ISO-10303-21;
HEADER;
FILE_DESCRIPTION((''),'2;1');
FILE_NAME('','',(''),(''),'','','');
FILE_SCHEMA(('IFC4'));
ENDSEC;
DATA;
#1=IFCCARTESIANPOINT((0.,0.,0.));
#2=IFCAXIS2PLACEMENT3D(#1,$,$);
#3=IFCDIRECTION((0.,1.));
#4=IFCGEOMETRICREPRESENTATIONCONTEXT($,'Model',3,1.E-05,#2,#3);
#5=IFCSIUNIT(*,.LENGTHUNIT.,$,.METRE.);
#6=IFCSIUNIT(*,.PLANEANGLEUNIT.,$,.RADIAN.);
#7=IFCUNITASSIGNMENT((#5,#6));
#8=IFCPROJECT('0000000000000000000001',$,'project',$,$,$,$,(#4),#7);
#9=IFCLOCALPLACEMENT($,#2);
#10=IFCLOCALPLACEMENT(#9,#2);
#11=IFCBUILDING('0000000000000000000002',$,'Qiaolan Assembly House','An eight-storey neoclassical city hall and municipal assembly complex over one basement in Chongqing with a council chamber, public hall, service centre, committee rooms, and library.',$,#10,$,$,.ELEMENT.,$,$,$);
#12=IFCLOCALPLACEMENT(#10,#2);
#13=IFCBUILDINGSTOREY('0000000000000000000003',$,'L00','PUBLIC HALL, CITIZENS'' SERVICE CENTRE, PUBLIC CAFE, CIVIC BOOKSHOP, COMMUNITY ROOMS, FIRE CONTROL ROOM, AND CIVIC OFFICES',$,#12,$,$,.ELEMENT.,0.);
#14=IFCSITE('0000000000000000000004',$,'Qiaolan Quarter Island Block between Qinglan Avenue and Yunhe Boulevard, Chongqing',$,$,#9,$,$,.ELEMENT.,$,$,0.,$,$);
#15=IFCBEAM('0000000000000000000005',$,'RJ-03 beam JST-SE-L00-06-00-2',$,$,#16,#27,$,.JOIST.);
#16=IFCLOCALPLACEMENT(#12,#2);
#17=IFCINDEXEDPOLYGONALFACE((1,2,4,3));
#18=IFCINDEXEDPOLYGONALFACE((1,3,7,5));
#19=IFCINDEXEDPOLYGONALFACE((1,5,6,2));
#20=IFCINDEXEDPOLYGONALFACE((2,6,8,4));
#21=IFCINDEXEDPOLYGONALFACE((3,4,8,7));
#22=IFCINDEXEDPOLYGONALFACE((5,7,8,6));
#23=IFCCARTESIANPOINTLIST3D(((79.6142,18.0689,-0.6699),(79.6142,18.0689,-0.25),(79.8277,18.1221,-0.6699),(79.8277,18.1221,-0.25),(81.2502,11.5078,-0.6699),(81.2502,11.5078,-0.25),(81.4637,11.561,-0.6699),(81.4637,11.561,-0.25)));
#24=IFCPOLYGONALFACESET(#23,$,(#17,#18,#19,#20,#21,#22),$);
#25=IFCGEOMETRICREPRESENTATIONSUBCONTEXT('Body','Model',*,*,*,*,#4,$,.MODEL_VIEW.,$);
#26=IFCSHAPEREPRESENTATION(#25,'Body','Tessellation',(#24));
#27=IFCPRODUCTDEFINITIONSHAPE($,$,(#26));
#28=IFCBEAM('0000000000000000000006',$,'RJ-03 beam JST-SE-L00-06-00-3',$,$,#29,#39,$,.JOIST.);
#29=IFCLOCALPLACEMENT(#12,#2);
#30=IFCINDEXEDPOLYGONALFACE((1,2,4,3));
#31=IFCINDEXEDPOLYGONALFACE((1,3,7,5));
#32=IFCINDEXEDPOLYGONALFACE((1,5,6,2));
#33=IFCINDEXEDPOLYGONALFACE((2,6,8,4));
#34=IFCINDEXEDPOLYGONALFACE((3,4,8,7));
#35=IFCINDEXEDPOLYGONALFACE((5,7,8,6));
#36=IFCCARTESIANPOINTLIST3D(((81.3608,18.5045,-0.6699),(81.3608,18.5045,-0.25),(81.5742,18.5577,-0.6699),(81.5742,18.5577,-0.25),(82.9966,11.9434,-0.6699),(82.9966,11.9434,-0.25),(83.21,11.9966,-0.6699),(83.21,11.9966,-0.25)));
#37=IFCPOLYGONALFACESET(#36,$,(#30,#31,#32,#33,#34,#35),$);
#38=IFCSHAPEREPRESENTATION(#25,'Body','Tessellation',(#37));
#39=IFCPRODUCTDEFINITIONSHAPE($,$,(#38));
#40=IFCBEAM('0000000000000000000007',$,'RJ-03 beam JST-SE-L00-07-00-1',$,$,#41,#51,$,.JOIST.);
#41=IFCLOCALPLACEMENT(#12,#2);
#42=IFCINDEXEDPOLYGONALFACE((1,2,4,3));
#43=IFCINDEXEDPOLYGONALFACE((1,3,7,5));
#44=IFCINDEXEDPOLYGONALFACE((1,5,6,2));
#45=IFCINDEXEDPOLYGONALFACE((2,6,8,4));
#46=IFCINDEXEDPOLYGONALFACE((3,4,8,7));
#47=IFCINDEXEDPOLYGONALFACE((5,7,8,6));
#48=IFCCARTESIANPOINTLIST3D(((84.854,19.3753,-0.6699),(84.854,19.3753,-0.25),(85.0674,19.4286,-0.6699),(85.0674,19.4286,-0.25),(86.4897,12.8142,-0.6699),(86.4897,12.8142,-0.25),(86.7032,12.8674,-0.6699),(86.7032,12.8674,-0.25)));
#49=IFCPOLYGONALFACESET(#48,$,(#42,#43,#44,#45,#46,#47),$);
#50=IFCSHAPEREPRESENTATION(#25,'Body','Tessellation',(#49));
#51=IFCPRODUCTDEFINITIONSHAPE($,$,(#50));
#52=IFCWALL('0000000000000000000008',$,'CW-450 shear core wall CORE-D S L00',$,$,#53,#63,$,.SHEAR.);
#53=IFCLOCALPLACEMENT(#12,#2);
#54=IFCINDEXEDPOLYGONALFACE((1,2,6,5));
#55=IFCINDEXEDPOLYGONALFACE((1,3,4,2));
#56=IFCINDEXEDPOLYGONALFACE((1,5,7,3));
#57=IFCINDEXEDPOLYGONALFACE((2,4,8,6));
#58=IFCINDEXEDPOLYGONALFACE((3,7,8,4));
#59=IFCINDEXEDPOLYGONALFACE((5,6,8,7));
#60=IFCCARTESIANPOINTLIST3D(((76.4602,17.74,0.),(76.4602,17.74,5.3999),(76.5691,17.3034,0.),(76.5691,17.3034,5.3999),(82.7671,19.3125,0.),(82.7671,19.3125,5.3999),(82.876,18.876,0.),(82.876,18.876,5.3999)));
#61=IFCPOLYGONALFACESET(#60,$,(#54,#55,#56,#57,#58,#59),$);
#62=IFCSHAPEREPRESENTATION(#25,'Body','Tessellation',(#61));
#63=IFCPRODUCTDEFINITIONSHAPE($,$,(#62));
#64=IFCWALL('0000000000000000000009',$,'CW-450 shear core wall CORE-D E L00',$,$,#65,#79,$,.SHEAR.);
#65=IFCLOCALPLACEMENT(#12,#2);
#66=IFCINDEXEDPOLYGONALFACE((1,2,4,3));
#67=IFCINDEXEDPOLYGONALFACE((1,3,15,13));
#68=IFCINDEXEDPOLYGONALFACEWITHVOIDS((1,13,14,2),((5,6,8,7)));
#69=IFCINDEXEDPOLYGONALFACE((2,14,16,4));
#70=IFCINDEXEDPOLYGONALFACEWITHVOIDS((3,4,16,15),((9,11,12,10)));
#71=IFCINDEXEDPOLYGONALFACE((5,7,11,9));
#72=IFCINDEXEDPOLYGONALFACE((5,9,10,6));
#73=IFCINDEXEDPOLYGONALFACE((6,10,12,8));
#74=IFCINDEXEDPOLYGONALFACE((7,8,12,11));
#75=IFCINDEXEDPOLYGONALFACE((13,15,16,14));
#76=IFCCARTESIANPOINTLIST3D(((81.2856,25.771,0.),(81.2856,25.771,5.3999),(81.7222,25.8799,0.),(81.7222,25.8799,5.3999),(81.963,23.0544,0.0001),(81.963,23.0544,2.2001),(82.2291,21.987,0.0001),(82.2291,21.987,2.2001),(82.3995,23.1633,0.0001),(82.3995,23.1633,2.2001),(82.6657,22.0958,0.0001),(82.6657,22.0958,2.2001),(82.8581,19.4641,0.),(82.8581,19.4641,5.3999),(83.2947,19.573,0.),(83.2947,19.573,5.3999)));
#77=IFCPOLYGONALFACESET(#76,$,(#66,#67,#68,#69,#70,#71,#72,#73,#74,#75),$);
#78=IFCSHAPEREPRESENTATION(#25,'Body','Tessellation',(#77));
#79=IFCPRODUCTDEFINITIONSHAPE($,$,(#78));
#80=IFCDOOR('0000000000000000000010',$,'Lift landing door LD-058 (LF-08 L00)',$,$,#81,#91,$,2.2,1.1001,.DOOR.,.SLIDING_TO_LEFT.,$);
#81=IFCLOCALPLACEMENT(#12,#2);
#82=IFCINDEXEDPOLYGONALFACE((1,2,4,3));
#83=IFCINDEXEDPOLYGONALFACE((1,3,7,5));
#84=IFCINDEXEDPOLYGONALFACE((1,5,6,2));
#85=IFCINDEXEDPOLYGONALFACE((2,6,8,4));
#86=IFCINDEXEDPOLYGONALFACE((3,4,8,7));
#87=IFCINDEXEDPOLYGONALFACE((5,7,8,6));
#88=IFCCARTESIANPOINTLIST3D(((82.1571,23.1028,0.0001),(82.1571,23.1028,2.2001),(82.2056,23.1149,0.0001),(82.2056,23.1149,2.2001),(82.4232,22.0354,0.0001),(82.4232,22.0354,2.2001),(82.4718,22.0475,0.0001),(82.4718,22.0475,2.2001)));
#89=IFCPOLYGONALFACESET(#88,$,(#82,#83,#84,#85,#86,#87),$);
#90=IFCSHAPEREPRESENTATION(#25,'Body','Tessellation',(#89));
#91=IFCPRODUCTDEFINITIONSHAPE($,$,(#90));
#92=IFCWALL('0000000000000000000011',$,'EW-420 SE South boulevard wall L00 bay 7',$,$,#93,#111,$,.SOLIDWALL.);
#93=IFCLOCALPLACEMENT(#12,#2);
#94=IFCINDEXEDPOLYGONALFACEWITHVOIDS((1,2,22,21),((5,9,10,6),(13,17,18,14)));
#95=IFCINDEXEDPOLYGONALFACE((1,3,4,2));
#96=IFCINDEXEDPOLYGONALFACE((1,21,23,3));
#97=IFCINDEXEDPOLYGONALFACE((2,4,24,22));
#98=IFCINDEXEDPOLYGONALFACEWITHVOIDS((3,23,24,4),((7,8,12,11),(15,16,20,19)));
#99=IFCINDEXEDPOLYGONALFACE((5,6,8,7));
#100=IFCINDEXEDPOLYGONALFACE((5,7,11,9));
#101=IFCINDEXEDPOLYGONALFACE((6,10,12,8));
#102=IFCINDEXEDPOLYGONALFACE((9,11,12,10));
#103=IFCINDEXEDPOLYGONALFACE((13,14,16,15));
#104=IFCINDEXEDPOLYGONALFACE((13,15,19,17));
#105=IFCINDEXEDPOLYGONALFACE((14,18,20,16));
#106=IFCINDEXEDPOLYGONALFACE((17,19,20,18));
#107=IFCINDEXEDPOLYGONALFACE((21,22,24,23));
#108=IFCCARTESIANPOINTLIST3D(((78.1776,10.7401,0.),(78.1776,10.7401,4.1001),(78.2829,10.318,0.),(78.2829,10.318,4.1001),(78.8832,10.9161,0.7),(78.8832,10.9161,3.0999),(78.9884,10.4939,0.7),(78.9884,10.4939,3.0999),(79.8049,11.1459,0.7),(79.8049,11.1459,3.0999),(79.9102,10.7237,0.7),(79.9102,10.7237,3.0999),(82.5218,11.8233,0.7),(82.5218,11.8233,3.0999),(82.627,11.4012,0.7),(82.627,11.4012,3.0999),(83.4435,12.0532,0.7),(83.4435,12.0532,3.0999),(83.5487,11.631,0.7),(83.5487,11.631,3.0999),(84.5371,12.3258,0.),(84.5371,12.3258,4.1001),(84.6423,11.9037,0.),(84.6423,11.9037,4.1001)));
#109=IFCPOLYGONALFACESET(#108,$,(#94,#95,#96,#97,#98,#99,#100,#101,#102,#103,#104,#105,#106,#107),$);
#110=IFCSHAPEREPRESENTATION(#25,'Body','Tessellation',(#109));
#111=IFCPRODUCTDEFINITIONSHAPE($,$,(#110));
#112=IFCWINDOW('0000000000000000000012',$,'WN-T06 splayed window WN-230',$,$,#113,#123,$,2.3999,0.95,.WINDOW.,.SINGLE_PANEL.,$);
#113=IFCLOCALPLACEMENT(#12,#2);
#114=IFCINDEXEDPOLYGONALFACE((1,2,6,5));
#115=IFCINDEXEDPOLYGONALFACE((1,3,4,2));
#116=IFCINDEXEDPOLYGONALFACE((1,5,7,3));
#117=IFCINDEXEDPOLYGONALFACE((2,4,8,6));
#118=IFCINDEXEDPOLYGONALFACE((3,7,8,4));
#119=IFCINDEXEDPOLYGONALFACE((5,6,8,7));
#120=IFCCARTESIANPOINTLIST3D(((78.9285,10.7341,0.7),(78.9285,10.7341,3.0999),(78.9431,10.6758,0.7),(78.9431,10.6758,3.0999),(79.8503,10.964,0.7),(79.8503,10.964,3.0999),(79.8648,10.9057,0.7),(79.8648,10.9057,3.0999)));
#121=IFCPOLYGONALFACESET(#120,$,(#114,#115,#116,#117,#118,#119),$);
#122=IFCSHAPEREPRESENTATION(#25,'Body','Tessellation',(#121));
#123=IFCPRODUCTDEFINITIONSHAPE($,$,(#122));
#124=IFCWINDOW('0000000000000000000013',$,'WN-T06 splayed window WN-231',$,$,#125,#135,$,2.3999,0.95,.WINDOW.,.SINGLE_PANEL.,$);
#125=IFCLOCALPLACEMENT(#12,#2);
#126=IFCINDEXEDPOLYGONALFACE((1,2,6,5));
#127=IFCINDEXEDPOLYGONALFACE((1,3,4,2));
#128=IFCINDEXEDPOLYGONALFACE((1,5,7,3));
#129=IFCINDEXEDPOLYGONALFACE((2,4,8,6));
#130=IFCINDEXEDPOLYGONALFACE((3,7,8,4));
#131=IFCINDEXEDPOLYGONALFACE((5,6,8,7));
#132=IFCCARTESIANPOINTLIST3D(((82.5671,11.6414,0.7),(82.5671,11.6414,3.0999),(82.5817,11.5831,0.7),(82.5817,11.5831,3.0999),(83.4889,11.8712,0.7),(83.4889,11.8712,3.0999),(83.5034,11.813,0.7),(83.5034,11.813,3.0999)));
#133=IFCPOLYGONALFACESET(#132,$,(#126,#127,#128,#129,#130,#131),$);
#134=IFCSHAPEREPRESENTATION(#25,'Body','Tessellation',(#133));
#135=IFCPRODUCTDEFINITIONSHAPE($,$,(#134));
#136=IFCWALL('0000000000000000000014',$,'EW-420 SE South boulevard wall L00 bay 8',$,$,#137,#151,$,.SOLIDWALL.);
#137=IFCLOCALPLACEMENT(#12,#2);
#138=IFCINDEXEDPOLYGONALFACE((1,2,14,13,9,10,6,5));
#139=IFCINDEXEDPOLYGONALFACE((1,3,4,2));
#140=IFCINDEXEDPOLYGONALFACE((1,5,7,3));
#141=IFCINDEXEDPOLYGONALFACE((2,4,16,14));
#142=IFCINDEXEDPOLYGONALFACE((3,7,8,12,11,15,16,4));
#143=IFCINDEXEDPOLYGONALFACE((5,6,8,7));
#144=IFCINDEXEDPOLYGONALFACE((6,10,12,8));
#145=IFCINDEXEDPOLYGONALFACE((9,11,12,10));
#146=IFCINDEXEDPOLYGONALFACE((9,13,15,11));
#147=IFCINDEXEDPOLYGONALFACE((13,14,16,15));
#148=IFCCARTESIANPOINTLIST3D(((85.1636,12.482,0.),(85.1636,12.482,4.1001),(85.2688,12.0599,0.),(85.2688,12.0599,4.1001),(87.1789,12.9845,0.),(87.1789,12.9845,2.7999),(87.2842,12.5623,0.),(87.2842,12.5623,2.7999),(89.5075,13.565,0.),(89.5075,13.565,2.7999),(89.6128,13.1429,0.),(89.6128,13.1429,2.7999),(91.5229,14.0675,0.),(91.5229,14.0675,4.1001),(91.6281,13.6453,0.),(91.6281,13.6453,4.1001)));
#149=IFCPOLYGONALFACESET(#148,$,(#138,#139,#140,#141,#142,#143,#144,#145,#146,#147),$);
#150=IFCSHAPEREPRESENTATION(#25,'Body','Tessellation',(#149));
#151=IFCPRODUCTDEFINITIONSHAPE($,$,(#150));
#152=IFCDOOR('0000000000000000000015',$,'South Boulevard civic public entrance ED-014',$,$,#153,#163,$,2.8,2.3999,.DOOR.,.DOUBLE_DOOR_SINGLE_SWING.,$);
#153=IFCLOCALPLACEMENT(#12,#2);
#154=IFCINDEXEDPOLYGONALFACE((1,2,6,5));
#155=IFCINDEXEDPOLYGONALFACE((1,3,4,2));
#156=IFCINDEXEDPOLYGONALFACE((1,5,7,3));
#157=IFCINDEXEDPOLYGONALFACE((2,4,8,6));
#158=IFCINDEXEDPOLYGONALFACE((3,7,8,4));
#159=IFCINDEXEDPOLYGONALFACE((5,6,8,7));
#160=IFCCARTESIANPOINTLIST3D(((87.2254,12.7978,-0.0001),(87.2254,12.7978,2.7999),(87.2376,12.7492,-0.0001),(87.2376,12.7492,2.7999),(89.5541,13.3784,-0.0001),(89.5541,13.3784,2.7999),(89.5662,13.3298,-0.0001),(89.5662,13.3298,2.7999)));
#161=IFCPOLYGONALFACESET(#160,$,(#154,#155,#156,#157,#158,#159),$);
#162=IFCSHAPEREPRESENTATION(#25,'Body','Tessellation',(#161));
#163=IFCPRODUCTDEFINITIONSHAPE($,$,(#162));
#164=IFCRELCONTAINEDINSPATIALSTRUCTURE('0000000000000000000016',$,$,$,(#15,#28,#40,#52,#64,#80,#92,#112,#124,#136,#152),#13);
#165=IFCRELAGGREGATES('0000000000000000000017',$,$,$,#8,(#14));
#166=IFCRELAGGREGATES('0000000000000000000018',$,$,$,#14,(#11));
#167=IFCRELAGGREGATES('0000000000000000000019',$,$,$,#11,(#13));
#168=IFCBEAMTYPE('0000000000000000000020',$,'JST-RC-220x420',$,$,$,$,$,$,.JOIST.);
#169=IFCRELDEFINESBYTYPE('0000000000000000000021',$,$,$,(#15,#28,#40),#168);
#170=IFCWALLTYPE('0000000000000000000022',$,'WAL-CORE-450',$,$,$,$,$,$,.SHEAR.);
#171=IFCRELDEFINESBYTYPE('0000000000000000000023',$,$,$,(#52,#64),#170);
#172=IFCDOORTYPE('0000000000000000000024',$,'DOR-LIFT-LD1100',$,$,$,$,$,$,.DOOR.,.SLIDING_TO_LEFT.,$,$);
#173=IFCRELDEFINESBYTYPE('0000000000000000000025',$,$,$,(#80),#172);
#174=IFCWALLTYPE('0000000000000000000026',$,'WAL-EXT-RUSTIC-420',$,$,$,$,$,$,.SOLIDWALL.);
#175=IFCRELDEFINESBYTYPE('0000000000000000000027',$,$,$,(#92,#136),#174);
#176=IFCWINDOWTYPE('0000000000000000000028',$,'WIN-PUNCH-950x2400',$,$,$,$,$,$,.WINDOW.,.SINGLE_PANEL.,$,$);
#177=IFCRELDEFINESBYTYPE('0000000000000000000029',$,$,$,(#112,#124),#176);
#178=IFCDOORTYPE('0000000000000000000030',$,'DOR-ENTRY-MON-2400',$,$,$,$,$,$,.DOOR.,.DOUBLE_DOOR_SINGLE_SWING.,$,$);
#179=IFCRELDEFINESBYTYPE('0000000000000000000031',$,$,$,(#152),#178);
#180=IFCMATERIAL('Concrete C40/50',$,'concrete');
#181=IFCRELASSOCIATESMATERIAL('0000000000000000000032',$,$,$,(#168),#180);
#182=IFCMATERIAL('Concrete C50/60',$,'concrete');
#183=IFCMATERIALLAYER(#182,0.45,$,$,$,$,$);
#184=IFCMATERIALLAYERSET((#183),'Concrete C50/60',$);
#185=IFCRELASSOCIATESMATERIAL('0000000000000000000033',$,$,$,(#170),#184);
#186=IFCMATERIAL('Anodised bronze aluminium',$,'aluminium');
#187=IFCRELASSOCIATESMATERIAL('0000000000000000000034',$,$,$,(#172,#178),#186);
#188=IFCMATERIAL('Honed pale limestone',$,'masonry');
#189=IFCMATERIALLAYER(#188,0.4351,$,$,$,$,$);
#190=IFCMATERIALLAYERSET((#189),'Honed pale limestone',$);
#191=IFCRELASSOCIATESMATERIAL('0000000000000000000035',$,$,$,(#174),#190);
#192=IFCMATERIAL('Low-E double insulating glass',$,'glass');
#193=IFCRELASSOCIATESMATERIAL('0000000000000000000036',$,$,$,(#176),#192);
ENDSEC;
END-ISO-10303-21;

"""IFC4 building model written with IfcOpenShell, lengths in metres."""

from ifc_helpers import new_model, si_unit, direction, frame, frame_2d, origin, origin_2d, place, context, subcontext, project, spatial, rectangle, extrude, material, layer, layer_set, material_profile, profile_set, type_object, element, fill, save


model = new_model("IFC4")

# Units and contexts
model_context = context("Model", 3, precision=1e-05, world=origin(), true_north=direction((0.0, 1.0)))
body_context = subcontext(model_context, "Body", "Model", "MODEL_VIEW")
ifc_project = project(units=[si_unit("LENGTHUNIT", "METRE"), si_unit("PLANEANGLEUNIT", "RADIAN")], contexts=[model_context])

# Site, building, storey
site_placement = place(None, origin())
site = spatial("IfcSite", under=ifc_project, at=site_placement, Name="Qiaolan Quarter Island Block between Qinglan Avenue and Yunhe Boulevard, Chongqing", CompositionType="ELEMENT", RefElevation=0.0)
building_placement = place(site_placement, origin())
building = spatial("IfcBuilding", under=site, at=building_placement, Name="Qiaolan Assembly House", Description="An eight-storey neoclassical city hall and municipal assembly complex over one basement in Chongqing with a council chamber, public hall, service centre, committee rooms, and library.", CompositionType="ELEMENT")
storey_placement = place(building_placement, origin())
storey = spatial("IfcBuildingStorey", under=building, at=storey_placement, Name="L00", Description="PUBLIC HALL, CITIZENS' SERVICE CENTRE, PUBLIC CAFE, CIVIC BOOKSHOP, COMMUNITY ROOMS, FIRE CONTROL ROOM, AND CIVIC OFFICES", CompositionType="ELEMENT", Elevation=0.0)

# Shared definitions
ifc_material_1 = material(Name="Concrete C50/60", Category="concrete")

# Beams
ifc_material_2 = material(Name="Concrete C40/50", Category="concrete")
ifc_material_profile_1 = material_profile(ifc_material_2, rectangle(XDim=0.22, YDim=0.4199, at=origin_2d()), Name="RCB 220x420")
ifc_profile_set_1 = profile_set([ifc_material_profile_1], Name="Concrete C40/50")
beam_type_1 = type_object("IfcBeamType", Name="JST-RC-220x420", PredefinedType="JOIST", material=ifc_profile_set_1)
for number, where, z_axis, x_axis, name in (
    (1, (81.3569, 11.5344, -0.46), (-0.241941, 0.970291, 0.0), (-0.970291, -0.241941, 0.0), "RJ-03 beam JST-SE-L00-06-00-2"),
    (2, (83.1033, 11.97, -0.46), (-0.241907, 0.970299, 0.0), (-0.970299, -0.241907, 0.0), "RJ-03 beam JST-SE-L00-06-00-3"),
    (3, (86.5964, 12.8408, -0.46), (-0.241907, 0.970299, 0.0), (-0.970299, -0.241907, 0.0), "RJ-03 beam JST-SE-L00-07-00-1"),
):
    element("IfcBeam", number, at=place(storey_placement, frame(where, z_axis=z_axis, x_axis=x_axis)), inside=storey, type_object=beam_type_1, Name=name, PredefinedType="JOIST", context=body_context, shape_type="SweptSolid", body=[
        extrude(rectangle(XDim=0.22, YDim=0.4199, at=origin_2d()), origin(), (0.0, 0.0, 1.0), 6.762),
    ])

# Wall
ifc_layer_1 = layer(ifc_material_1, 0.45)
ifc_layer_set_1 = layer_set([ifc_layer_1], Name="Concrete C50/60")
wall_type_1 = type_object("IfcWallType", Name="WAL-CORE-450", PredefinedType="SHEAR", material=ifc_layer_set_1)
wall_1_placement = place(storey_placement, frame((76.5146, 17.5217, 0.0), z_axis=(0.0, 0.0, 1.0), x_axis=(0.970295, 0.241926, 0.0)))
element("IfcWall", 4, at=wall_1_placement, inside=storey, type_object=wall_type_1, Name="CW-450 shear core wall CORE-D S L00", PredefinedType="SHEAR", context=body_context, shape_type="SweptSolid", body=[
    extrude(rectangle(XDim=6.5, YDim=0.45, at=frame_2d((3.25, 0.0))), origin(), (0.0, 0.0, 1.0), 5.3999),
])

# Wall, opening, door
wall_2_placement = place(storey_placement, frame((83.0764, 19.5186, 0.0), z_axis=(0.0, 0.0, 1.0), x_axis=(-0.241926, 0.970295, 0.0)))
wall_2 = element("IfcWall", 5, at=wall_2_placement, inside=storey, type_object=wall_type_1, Name="CW-450 shear core wall CORE-D E L00", PredefinedType="SHEAR", context=body_context, shape_type="SweptSolid", body=[
    extrude(rectangle(XDim=6.5, YDim=0.45, at=frame_2d((3.25, 0.0))), origin(), (0.0, 0.0, 1.0), 5.3999),
])
opening_1_placement = place(wall_2_placement, frame((2.6001, 0.0, 0.0)))
opening_1 = element("IfcOpeningElement", 6, at=opening_1_placement, cuts=wall_2, PredefinedType="OPENING", context=body_context, shape_type="SweptSolid", body=[
    extrude(rectangle(XDim=1.1001, YDim=2.2, at=frame_2d((0.55, 1.1001))), frame((0.0, 0.2349, 0.0), z_axis=(0.0, -1.0, 0.0), x_axis=(1.0, 0.0, 0.0)), (0.0, 0.0, 1.0), 0.47),
])
ifc_material_3 = material(Name="Anodised bronze aluminium", Category="aluminium")
door_type_1 = type_object("IfcDoorType", Name="DOR-LIFT-LD1100", OperationType="SLIDING_TO_LEFT", PredefinedType="DOOR", material=ifc_material_3)
door_1_placement = place(opening_1_placement, origin())
door_1 = element("IfcDoor", 7, at=door_1_placement, inside=storey, type_object=door_type_1, Name="Lift landing door LD-058 (LF-08 L00)", OperationType="SLIDING_TO_LEFT", OverallHeight=2.2, OverallWidth=1.1001, PredefinedType="DOOR", context=body_context, shape_type="SweptSolid", body=[
    extrude(rectangle(XDim=1.1001, YDim=2.2, at=frame_2d((0.55, 1.1001))), frame((0.0, 0.0249, 0.0), z_axis=(0.0, -1.0, 0.0), x_axis=(1.0, 0.0, 0.0)), (0.0, 0.0, 1.0), 0.05),
])
fill(opening_1, door_1)

# Wall, openings, windows
ifc_material_4 = material(Name="Honed pale limestone", Category="masonry")
ifc_layer_2 = layer(ifc_material_4, 0.4351)
ifc_layer_set_2 = layer_set([ifc_layer_2], Name="Honed pale limestone")
wall_type_2 = type_object("IfcWallType", Name="WAL-EXT-RUSTIC-420", PredefinedType="SOLIDWALL", material=ifc_layer_set_2)
wall_3_placement = place(storey_placement, frame((78.2302, 10.5291, 0.0), z_axis=(0.0, 0.0, 1.0), x_axis=(0.970291, 0.24194, 0.0)))
wall_3 = element("IfcWall", 8, at=wall_3_placement, inside=storey, type_object=wall_type_2, Name="EW-420 SE South boulevard wall L00 bay 7", PredefinedType="SOLIDWALL", context=body_context, shape_type="SweptSolid", body=[
    extrude(rectangle(XDim=6.5542, YDim=0.4351, at=frame_2d((3.2771, 0.0))), origin(), (0.0, 0.0, 1.0), 4.1001),
])
opening_2_placement = place(wall_3_placement, frame((0.7271, 0.0, 0.7)))
opening_2 = element("IfcOpeningElement", 9, at=opening_2_placement, cuts=wall_3, PredefinedType="OPENING", context=body_context, shape_type="SweptSolid", body=[
    extrude(rectangle(XDim=0.95, YDim=2.3999, at=frame_2d((0.4751, 1.2))), frame((0.0, 0.2275, 0.0), z_axis=(0.0, -1.0, 0.0), x_axis=(1.0, 0.0, 0.0)), (0.0, 0.0, 1.0), 0.4551),
])
opening_3_placement = place(wall_3_placement, frame((4.4771, 0.0, 0.7)))
opening_3 = element("IfcOpeningElement", 10, at=opening_3_placement, cuts=wall_3, PredefinedType="OPENING", context=body_context, shape_type="SweptSolid", body=[
    extrude(rectangle(XDim=0.95, YDim=2.3999, at=frame_2d((0.4751, 1.2))), frame((0.0, 0.2275, 0.0), z_axis=(0.0, -1.0, 0.0), x_axis=(1.0, 0.0, 0.0)), (0.0, 0.0, 1.0), 0.4551),
])
ifc_material_5 = material(Name="Low-E double insulating glass", Category="glass")
window_type = type_object("IfcWindowType", Name="WIN-PUNCH-950x2400", PartitioningType="SINGLE_PANEL", PredefinedType="WINDOW", material=ifc_material_5)
window_1_placement = place(opening_2_placement, origin())
window_1 = element("IfcWindow", 11, at=window_1_placement, inside=storey, type_object=window_type, Name="WN-T06 splayed window WN-230", OverallHeight=2.3999, OverallWidth=0.95, PartitioningType="SINGLE_PANEL", PredefinedType="WINDOW", context=body_context, shape_type="SweptSolid", body=[
    extrude(rectangle(XDim=0.95, YDim=2.3999, at=frame_2d((0.4751, 1.2))), frame((0.0, 0.03, 0.0), z_axis=(0.0, -1.0, 0.0), x_axis=(1.0, 0.0, 0.0)), (0.0, 0.0, 1.0), 0.0601),
])
fill(opening_2, window_1)
window_2_placement = place(opening_3_placement, origin())
window_2 = element("IfcWindow", 12, at=window_2_placement, inside=storey, type_object=window_type, Name="WN-T06 splayed window WN-231", OverallHeight=2.3999, OverallWidth=0.95, PartitioningType="SINGLE_PANEL", PredefinedType="WINDOW", context=body_context, shape_type="SweptSolid", body=[
    extrude(rectangle(XDim=0.95, YDim=2.3999, at=frame_2d((0.4751, 1.2))), frame((0.0, 0.03, 0.0), z_axis=(0.0, -1.0, 0.0), x_axis=(1.0, 0.0, 0.0)), (0.0, 0.0, 1.0), 0.0601),
])
fill(opening_3, window_2)

# Wall, opening, door
wall_4_placement = place(storey_placement, frame((85.2163, 12.271, 0.0), z_axis=(0.0, 0.0, 1.0), x_axis=(0.9703, 0.241905, 0.0)))
wall_4 = element("IfcWall", 13, at=wall_4_placement, inside=storey, type_object=wall_type_2, Name="EW-420 SE South boulevard wall L00 bay 8", PredefinedType="SOLIDWALL", context=body_context, shape_type="SweptSolid", body=[
    extrude(rectangle(XDim=6.554, YDim=0.4351, at=frame_2d((3.2769, 0.0))), origin(), (0.0, 0.0, 1.0), 4.1001),
])
opening_4_placement = place(wall_4_placement, frame((2.0769, 0.0, 0.0)))
opening_4 = element("IfcOpeningElement", 14, at=opening_4_placement, cuts=wall_4, PredefinedType="OPENING", context=body_context, shape_type="SweptSolid", body=[
    extrude(rectangle(XDim=2.3999, YDim=2.8, at=frame_2d((1.2, 1.3999))), frame((0.0, 0.2275, 0.0), z_axis=(0.0, -1.0, 0.0), x_axis=(1.0, 0.0, 0.0)), (0.0, 0.0, 1.0), 0.4551),
])
door_type_2 = type_object("IfcDoorType", Name="DOR-ENTRY-MON-2400", OperationType="DOUBLE_DOOR_SINGLE_SWING", PredefinedType="DOOR", material=ifc_material_3)
door_2_placement = place(opening_4_placement, frame((2.3999, 0.0, 0.0), z_axis=(0.0, 0.0, 1.0), x_axis=(-1.0, 0.0, 0.0)))
door_2 = element("IfcDoor", 15, at=door_2_placement, inside=storey, type_object=door_type_2, Name="South Boulevard civic public entrance ED-014", OperationType="DOUBLE_DOOR_SINGLE_SWING", OverallHeight=2.8, OverallWidth=2.3999, PredefinedType="DOOR", context=body_context, shape_type="SweptSolid", body=[
    extrude(rectangle(XDim=2.3999, YDim=2.8, at=frame_2d((1.2, 1.3999))), frame((0.0, 0.0249, 0.0), z_axis=(0.0, -1.0, 0.0), x_axis=(1.0, 0.0, 0.0)), (0.0, 0.0, 1.0), 0.05),
])
fill(opening_4, door_2)

save(model, "model.ifc")
